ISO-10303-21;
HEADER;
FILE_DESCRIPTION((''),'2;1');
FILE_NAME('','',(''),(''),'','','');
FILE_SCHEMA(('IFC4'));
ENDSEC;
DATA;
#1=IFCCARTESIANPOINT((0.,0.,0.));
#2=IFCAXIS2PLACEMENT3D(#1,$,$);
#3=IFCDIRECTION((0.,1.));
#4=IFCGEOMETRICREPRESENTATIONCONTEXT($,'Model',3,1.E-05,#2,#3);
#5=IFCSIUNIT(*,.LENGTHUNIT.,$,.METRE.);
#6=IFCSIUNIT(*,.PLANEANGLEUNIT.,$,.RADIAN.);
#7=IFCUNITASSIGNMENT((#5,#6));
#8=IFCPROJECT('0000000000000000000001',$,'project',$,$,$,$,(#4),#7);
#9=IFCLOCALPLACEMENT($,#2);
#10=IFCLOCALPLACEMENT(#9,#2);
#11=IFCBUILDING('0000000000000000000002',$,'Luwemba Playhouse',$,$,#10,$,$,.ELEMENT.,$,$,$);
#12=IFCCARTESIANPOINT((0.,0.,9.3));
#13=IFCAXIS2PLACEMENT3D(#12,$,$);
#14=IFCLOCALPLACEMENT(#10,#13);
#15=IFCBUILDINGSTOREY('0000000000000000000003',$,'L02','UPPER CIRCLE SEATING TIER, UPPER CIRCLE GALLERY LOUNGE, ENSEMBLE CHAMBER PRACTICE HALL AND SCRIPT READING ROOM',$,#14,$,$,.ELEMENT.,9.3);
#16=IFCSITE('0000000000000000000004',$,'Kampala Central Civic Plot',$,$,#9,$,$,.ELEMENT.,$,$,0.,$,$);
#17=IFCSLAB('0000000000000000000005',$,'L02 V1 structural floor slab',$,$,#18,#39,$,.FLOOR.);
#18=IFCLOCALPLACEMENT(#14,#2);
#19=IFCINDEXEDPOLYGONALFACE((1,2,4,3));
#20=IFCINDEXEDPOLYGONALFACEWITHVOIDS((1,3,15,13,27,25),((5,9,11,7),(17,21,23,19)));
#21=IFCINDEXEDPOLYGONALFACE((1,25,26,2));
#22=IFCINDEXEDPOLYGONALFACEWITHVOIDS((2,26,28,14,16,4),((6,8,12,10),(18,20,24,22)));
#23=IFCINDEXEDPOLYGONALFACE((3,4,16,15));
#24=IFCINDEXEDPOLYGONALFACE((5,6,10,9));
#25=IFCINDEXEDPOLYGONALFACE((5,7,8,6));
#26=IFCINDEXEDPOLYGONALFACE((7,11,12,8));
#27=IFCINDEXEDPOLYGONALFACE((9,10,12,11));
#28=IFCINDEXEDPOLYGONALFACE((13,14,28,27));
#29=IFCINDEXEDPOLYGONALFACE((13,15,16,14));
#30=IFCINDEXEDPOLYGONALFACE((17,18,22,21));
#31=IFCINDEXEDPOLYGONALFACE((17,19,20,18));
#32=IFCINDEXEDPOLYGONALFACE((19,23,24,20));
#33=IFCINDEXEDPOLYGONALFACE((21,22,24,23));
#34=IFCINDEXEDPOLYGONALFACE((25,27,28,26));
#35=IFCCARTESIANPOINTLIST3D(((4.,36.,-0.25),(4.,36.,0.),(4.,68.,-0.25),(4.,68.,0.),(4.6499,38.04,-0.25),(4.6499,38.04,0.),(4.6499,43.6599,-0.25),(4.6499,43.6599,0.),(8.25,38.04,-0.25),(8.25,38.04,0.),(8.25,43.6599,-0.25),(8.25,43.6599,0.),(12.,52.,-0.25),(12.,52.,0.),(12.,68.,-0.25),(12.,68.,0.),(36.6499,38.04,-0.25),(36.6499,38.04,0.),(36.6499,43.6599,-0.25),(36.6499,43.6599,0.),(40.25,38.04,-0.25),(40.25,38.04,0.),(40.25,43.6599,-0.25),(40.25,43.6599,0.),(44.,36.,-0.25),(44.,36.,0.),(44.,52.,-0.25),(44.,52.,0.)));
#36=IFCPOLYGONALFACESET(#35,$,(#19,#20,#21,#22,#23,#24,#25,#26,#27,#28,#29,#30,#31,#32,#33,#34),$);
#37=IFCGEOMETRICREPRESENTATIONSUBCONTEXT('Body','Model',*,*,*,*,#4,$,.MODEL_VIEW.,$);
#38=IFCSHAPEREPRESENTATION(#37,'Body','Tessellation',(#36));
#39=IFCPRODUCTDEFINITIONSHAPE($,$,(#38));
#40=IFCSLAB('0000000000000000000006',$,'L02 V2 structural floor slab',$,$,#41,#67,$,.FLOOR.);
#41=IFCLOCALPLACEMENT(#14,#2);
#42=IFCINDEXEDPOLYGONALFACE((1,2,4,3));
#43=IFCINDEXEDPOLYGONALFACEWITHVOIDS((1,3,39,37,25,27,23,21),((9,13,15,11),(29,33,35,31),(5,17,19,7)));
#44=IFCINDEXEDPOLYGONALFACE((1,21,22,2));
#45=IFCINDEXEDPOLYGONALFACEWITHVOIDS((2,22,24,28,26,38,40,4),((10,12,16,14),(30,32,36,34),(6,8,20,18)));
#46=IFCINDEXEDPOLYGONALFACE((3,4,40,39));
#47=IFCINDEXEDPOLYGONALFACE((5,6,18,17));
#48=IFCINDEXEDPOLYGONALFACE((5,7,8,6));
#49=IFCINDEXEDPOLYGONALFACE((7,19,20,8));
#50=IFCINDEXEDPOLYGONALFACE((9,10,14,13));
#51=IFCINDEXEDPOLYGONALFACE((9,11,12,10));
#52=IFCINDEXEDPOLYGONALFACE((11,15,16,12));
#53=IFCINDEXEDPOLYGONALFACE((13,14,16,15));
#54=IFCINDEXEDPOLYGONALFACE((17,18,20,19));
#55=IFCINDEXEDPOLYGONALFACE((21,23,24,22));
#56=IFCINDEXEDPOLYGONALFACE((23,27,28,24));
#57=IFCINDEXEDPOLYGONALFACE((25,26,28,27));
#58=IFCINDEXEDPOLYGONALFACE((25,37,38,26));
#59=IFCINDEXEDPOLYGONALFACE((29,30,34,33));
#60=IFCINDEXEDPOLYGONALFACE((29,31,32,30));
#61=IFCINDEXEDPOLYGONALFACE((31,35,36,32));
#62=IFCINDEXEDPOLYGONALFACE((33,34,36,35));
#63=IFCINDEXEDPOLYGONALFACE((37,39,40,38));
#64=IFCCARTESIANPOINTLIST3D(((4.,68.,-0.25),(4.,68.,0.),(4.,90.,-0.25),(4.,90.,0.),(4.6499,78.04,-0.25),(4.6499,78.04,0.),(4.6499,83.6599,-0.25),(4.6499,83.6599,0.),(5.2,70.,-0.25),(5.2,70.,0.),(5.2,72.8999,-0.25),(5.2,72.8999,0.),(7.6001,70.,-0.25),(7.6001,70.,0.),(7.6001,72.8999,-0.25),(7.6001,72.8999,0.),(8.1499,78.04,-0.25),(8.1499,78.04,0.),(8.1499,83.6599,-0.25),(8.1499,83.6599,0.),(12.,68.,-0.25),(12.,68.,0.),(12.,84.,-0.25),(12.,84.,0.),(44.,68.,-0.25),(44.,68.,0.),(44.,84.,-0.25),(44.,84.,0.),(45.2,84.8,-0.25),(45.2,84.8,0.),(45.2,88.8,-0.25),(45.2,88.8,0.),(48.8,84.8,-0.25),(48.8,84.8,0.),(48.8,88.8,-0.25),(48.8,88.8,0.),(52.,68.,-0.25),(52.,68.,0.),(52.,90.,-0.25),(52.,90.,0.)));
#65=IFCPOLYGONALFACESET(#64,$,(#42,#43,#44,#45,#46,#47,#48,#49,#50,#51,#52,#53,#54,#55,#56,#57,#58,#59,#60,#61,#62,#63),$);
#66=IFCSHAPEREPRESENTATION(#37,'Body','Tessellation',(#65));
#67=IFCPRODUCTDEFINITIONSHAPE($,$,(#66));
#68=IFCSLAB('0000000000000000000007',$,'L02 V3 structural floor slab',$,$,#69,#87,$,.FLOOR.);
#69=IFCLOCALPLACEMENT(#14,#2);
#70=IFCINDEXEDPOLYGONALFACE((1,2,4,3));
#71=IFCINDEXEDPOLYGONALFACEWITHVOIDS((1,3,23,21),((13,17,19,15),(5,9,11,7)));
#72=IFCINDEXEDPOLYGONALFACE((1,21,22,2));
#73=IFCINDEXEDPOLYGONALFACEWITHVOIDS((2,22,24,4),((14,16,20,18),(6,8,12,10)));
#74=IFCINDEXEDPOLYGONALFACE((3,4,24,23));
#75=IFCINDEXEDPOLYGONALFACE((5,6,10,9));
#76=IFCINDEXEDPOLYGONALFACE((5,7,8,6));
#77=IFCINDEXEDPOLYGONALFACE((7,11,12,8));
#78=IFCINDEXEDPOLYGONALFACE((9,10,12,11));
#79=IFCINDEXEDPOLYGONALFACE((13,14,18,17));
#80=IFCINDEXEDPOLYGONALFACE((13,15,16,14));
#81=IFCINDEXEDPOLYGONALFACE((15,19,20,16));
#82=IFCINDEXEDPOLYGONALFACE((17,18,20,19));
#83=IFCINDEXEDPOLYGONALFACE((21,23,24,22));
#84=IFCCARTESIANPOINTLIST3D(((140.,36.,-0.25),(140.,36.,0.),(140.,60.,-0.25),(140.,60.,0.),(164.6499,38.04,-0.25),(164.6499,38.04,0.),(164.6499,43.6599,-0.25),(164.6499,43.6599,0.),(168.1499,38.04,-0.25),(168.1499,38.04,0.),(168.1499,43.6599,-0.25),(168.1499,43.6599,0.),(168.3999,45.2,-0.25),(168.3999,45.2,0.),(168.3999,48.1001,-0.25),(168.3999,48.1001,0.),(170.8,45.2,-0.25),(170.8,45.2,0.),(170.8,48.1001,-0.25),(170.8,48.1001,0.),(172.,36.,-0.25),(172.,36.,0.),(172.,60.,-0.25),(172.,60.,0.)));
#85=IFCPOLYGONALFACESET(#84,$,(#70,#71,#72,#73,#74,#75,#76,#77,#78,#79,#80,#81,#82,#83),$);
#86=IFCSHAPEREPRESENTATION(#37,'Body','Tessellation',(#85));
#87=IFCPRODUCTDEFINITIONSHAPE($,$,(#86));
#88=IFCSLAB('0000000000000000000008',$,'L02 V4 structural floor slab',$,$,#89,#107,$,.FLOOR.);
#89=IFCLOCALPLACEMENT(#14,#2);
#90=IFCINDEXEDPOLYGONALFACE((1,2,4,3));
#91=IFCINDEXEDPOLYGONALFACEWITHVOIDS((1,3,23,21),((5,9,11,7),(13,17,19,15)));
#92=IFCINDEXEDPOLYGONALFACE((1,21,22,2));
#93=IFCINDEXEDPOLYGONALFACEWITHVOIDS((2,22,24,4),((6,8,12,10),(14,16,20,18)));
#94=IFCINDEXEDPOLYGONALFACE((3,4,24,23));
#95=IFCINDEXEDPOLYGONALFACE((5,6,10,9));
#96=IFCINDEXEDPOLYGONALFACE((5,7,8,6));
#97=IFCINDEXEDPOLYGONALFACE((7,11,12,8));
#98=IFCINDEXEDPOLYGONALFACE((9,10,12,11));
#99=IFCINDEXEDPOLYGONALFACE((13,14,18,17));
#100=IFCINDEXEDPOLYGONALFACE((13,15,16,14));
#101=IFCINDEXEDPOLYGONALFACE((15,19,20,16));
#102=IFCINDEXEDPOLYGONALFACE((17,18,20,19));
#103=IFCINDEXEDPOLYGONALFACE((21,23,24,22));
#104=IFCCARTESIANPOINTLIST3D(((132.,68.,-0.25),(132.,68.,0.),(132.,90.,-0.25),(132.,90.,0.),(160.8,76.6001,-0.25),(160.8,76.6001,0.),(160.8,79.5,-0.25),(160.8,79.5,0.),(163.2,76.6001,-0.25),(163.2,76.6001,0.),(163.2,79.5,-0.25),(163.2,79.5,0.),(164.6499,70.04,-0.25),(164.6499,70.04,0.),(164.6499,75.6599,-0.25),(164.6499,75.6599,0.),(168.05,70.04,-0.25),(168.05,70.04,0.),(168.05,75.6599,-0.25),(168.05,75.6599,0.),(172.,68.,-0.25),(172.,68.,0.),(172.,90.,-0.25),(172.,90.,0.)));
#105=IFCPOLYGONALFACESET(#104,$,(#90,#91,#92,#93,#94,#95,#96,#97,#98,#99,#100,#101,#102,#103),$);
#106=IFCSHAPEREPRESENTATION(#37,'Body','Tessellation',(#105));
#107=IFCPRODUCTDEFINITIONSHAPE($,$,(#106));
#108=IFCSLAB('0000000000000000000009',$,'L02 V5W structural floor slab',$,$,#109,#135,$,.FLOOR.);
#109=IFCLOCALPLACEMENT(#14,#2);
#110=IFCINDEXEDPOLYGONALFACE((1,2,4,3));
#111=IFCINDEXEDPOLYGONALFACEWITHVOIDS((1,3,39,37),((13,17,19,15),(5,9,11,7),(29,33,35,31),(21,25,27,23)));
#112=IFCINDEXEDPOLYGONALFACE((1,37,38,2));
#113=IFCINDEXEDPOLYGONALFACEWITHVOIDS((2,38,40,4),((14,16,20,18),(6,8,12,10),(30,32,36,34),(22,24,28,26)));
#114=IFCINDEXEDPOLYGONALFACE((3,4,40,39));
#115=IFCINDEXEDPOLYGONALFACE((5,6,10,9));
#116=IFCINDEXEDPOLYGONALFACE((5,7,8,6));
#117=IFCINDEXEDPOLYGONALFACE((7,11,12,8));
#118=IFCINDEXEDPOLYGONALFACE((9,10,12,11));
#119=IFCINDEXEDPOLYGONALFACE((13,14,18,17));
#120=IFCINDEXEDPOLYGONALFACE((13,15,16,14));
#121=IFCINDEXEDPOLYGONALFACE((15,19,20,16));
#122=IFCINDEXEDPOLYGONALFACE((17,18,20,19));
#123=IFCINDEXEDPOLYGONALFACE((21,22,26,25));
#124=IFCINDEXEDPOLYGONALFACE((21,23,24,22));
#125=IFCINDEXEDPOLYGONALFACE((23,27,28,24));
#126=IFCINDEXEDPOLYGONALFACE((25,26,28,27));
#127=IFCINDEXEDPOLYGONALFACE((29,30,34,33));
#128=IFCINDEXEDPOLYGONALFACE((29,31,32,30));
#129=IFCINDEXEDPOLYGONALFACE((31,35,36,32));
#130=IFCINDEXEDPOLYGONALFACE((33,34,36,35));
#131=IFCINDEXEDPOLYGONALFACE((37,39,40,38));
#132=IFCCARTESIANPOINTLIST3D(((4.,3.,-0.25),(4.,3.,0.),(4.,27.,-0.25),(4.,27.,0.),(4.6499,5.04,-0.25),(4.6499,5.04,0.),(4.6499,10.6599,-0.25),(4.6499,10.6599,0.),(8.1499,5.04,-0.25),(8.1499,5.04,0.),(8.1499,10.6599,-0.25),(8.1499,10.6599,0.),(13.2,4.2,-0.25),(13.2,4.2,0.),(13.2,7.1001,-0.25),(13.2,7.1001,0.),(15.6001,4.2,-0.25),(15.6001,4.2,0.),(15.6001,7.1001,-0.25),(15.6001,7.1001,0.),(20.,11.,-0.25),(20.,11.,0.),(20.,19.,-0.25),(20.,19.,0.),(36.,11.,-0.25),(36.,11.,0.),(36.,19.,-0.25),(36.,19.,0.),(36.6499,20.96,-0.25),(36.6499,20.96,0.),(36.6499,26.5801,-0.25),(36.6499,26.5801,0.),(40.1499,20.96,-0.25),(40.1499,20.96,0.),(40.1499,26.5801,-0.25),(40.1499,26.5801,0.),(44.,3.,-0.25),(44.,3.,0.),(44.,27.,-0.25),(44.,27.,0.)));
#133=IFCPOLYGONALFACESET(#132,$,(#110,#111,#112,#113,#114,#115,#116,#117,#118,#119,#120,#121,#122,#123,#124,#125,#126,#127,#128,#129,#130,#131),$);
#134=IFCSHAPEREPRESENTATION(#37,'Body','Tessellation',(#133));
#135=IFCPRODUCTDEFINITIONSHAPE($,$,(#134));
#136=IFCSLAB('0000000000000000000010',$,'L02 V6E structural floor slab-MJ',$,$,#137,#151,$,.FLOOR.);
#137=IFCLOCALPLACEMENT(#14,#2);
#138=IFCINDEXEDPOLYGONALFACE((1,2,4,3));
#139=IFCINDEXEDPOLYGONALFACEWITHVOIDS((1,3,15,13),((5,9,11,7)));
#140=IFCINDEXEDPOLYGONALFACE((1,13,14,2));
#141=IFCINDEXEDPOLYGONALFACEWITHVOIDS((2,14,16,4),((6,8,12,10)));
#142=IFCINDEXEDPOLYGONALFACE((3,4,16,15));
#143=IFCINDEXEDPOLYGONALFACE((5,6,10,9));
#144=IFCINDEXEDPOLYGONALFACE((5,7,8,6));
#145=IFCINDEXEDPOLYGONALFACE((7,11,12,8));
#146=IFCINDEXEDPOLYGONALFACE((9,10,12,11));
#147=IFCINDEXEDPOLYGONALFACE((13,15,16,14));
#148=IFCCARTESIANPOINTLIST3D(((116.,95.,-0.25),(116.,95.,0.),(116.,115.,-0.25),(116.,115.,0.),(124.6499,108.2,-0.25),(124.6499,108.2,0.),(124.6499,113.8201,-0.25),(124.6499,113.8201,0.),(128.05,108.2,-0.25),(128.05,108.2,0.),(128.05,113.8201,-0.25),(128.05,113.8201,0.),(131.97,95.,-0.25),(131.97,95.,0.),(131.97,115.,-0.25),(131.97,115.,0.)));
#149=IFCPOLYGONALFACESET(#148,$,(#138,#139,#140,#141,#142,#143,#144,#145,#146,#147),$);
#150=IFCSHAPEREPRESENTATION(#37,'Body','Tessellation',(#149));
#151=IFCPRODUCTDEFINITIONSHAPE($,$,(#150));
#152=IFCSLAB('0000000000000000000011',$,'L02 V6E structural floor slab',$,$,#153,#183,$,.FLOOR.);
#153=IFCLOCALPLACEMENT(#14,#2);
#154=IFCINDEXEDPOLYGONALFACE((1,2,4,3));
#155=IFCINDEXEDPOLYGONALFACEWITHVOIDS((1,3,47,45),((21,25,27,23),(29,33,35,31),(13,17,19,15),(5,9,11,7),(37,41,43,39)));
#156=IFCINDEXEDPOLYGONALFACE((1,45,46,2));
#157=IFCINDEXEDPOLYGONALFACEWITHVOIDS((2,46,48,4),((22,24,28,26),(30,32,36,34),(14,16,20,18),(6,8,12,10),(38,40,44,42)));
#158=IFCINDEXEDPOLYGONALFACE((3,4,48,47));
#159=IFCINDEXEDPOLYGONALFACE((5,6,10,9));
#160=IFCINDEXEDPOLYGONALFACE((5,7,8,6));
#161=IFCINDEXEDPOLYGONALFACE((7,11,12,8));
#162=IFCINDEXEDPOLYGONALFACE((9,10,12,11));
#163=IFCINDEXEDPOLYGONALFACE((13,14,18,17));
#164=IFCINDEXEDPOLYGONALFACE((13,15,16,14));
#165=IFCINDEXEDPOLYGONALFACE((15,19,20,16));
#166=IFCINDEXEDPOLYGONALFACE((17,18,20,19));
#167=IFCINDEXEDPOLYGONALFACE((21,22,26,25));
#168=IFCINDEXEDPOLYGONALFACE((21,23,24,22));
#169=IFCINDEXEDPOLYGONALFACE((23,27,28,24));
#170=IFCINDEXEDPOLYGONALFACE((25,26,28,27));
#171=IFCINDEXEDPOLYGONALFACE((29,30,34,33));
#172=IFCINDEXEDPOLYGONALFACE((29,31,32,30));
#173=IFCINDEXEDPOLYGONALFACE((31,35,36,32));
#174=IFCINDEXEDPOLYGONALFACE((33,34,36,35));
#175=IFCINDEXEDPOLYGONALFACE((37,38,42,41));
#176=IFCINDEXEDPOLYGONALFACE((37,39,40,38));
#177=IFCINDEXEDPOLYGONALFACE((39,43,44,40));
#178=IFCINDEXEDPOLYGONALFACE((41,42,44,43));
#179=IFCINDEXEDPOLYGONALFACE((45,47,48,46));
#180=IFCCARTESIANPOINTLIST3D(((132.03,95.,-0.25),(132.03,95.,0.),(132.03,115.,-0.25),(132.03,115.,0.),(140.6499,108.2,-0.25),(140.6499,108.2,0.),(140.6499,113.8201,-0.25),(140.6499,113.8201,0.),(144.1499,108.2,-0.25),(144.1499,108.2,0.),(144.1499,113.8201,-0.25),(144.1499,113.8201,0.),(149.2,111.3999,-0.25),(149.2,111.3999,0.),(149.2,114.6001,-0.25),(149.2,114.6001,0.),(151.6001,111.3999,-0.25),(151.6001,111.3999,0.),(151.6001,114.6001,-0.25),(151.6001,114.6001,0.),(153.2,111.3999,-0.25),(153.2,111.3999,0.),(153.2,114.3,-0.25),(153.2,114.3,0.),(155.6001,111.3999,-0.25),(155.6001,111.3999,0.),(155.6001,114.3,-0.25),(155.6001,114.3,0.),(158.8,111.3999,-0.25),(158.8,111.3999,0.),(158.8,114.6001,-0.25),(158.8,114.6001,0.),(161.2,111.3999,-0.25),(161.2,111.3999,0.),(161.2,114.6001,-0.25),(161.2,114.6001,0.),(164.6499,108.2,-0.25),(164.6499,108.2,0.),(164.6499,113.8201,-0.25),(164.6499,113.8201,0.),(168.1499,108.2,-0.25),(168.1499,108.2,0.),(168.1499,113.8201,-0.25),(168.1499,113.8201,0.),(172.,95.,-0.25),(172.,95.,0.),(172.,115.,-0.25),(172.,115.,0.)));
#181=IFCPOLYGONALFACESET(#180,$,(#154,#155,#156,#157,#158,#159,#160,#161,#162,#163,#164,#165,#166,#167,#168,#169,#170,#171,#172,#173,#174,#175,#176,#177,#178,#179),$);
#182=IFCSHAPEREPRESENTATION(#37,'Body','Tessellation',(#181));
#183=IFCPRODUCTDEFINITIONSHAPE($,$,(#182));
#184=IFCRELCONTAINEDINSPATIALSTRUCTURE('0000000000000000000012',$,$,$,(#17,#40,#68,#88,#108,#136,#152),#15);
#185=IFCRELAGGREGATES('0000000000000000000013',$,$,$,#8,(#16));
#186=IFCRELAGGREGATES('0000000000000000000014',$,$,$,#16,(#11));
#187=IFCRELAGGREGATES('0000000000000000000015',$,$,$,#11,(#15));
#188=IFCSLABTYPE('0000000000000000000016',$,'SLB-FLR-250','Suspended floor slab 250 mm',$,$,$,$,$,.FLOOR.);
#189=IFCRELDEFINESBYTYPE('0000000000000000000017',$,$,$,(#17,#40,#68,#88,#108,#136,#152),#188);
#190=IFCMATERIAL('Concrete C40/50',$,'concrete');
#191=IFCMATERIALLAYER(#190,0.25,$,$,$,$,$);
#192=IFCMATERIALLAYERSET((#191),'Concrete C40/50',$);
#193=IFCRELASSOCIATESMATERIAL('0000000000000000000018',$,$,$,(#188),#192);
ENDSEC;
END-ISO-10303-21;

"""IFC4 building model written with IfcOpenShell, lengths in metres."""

from ifc_helpers import new_model, si_unit, direction, frame, origin, place, context, subcontext, project, spatial, polyline, outline, extrude, material, layer, layer_set, type_object, element, save


model = new_model("IFC4")

# Units and contexts
model_context = context("Model", 3, precision=1e-05, world=origin(), true_north=direction((0.0, 1.0)))
body_context = subcontext(model_context, "Body", "Model", "MODEL_VIEW")
ifc_project = project(units=[si_unit("LENGTHUNIT", "METRE"), si_unit("PLANEANGLEUNIT", "RADIAN")], contexts=[model_context])

# Site, building, storey
site_placement = place(None, origin())
site = spatial("IfcSite", under=ifc_project, at=site_placement, Name="Kampala Central Civic Plot", CompositionType="ELEMENT", RefElevation=0.0)
building_placement = place(site_placement, origin())
building = spatial("IfcBuilding", under=site, at=building_placement, Name="Luwemba Playhouse", CompositionType="ELEMENT")
storey_placement = place(building_placement, frame((0.0, 0.0, 9.3)))
storey = spatial("IfcBuildingStorey", under=building, at=storey_placement, Name="L02", Description="UPPER CIRCLE SEATING TIER, UPPER CIRCLE GALLERY LOUNGE, ENSEMBLE CHAMBER PRACTICE HALL AND SCRIPT READING ROOM", CompositionType="ELEMENT", Elevation=9.3)

# Slabs
ifc_material_1 = material(Name="Concrete C40/50", Category="concrete")
ifc_layer_1 = layer(ifc_material_1, 0.25)
ifc_layer_set_1 = layer_set([ifc_layer_1], Name="Concrete C40/50")
slab_type_1 = type_object("IfcSlabType", Name="SLB-FLR-250", Description="Suspended floor slab 250 mm", PredefinedType="FLOOR", material=ifc_layer_set_1)
slab_1_placement = place(storey_placement, frame((0.0, 0.0, -0.25)))
element("IfcSlab", 1, at=slab_1_placement, inside=storey, type_object=slab_type_1, Name="L02 V1 structural floor slab", PredefinedType="FLOOR", context=body_context, shape_type="SweptSolid", body=[
    extrude(outline(polyline([(4.0, 36.0), (4.0, 68.0), (12.0, 68.0), (12.0, 52.0), (44.0, 52.0), (44.0, 36.0), (4.0, 36.0)]), holes=[polyline([(8.25, 43.6599), (4.6499, 43.6599), (4.6499, 38.04), (8.25, 38.04), (8.25, 43.6599)]), polyline([(40.25, 38.04), (40.25, 43.6599), (36.6499, 43.6599), (36.6499, 38.04), (40.25, 38.04)])]), origin(), (0.0, 0.0, 1.0), 0.25),
])
slab_2_placement = place(storey_placement, frame((0.0, 0.0, -0.25)))
element("IfcSlab", 2, at=slab_2_placement, inside=storey, type_object=slab_type_1, Name="L02 V2 structural floor slab", PredefinedType="FLOOR", context=body_context, shape_type="SweptSolid", body=[
    extrude(outline(polyline([(4.0, 90.0), (52.0, 90.0), (52.0, 68.0), (44.0, 68.0), (44.0, 84.0), (12.0, 84.0), (12.0, 68.0), (4.0, 68.0), (4.0, 90.0)]), holes=[polyline([(5.2, 70.0), (7.6001, 70.0), (7.6001, 72.8999), (5.2, 72.8999), (5.2, 70.0)]), polyline([(8.1499, 78.04), (8.1499, 83.6599), (4.6499, 83.6599), (4.6499, 78.04), (8.1499, 78.04)]), polyline([(45.2, 84.8), (48.8, 84.8), (48.8, 88.8), (45.2, 88.8), (45.2, 84.8)])]), origin(), (0.0, 0.0, 1.0), 0.25),
])
slab_3_placement = place(storey_placement, frame((0.0, 0.0, -0.25)))
element("IfcSlab", 3, at=slab_3_placement, inside=storey, type_object=slab_type_1, Name="L02 V3 structural floor slab", PredefinedType="FLOOR", context=body_context, shape_type="SweptSolid", body=[
    extrude(outline(polyline([(172.0, 60.0), (172.0, 36.0), (140.0, 36.0), (140.0, 60.0), (172.0, 60.0)]), holes=[polyline([(168.1499, 43.6599), (164.6499, 43.6599), (164.6499, 38.04), (168.1499, 38.04), (168.1499, 43.6599)]), polyline([(170.8, 45.2), (170.8, 48.1001), (168.3999, 48.1001), (168.3999, 45.2), (170.8, 45.2)])]), origin(), (0.0, 0.0, 1.0), 0.25),
])
slab_4_placement = place(storey_placement, frame((0.0, 0.0, -0.25)))
element("IfcSlab", 4, at=slab_4_placement, inside=storey, type_object=slab_type_1, Name="L02 V4 structural floor slab", PredefinedType="FLOOR", context=body_context, shape_type="SweptSolid", body=[
    extrude(outline(polyline([(172.0, 90.0), (172.0, 68.0), (132.0, 68.0), (132.0, 90.0), (172.0, 90.0)]), holes=[polyline([(168.05, 75.6599), (164.6499, 75.6599), (164.6499, 70.04), (168.05, 70.04), (168.05, 75.6599)]), polyline([(163.2, 76.6001), (163.2, 79.5), (160.8, 79.5), (160.8, 76.6001), (163.2, 76.6001)])]), origin(), (0.0, 0.0, 1.0), 0.25),
])
slab_5_placement = place(storey_placement, frame((0.0, 0.0, -0.25)))
element("IfcSlab", 5, at=slab_5_placement, inside=storey, type_object=slab_type_1, Name="L02 V5W structural floor slab", PredefinedType="FLOOR", context=body_context, shape_type="SweptSolid", body=[
    extrude(outline(polyline([(44.0, 27.0), (44.0, 3.0), (4.0, 3.0), (4.0, 27.0), (44.0, 27.0)]), holes=[polyline([(13.2, 4.2), (15.6001, 4.2), (15.6001, 7.1001), (13.2, 7.1001), (13.2, 4.2)]), polyline([(8.1499, 5.04), (8.1499, 10.6599), (4.6499, 10.6599), (4.6499, 5.04), (8.1499, 5.04)]), polyline([(20.0, 11.0), (36.0, 11.0), (36.0, 19.0), (20.0, 19.0), (20.0, 11.0)]), polyline([(40.1499, 20.96), (40.1499, 26.5801), (36.6499, 26.5801), (36.6499, 20.96), (40.1499, 20.96)])]), origin(), (0.0, 0.0, 1.0), 0.25),
])
slab_6_placement = place(storey_placement, frame((0.0, 0.0, -0.25)))
element("IfcSlab", 6, at=slab_6_placement, inside=storey, type_object=slab_type_1, Name="L02 V6E structural floor slab-MJ", PredefinedType="FLOOR", context=body_context, shape_type="SweptSolid", body=[
    extrude(outline(polyline([(131.97, 115.0), (131.97, 95.0), (116.0, 95.0), (116.0, 115.0), (131.97, 115.0)]), holes=[polyline([(128.05, 108.2), (128.05, 113.8201), (124.6499, 113.8201), (124.6499, 108.2), (128.05, 108.2)])]), origin(), (0.0, 0.0, 1.0), 0.25),
])
slab_7_placement = place(storey_placement, frame((0.0, 0.0, -0.25)))
element("IfcSlab", 7, at=slab_7_placement, inside=storey, type_object=slab_type_1, Name="L02 V6E structural floor slab", PredefinedType="FLOOR", context=body_context, shape_type="SweptSolid", body=[
    extrude(outline(polyline([(172.0, 115.0), (172.0, 95.0), (132.03, 95.0), (132.03, 115.0), (172.0, 115.0)]), holes=[polyline([(140.6499, 108.2), (144.1499, 108.2), (144.1499, 113.8201), (140.6499, 113.8201), (140.6499, 108.2)]), polyline([(164.6499, 108.2), (168.1499, 108.2), (168.1499, 113.8201), (164.6499, 113.8201), (164.6499, 108.2)]), polyline([(153.2, 111.3999), (155.6001, 111.3999), (155.6001, 114.3), (153.2, 114.3), (153.2, 111.3999)]), polyline([(149.2, 114.6001), (149.2, 111.3999), (151.6001, 111.3999), (151.6001, 114.6001), (149.2, 114.6001)]), polyline([(158.8, 114.6001), (158.8, 111.3999), (161.2, 111.3999), (161.2, 114.6001), (158.8, 114.6001)])]), origin(), (0.0, 0.0, 1.0), 0.25),
])

save(model, "model.ifc")
